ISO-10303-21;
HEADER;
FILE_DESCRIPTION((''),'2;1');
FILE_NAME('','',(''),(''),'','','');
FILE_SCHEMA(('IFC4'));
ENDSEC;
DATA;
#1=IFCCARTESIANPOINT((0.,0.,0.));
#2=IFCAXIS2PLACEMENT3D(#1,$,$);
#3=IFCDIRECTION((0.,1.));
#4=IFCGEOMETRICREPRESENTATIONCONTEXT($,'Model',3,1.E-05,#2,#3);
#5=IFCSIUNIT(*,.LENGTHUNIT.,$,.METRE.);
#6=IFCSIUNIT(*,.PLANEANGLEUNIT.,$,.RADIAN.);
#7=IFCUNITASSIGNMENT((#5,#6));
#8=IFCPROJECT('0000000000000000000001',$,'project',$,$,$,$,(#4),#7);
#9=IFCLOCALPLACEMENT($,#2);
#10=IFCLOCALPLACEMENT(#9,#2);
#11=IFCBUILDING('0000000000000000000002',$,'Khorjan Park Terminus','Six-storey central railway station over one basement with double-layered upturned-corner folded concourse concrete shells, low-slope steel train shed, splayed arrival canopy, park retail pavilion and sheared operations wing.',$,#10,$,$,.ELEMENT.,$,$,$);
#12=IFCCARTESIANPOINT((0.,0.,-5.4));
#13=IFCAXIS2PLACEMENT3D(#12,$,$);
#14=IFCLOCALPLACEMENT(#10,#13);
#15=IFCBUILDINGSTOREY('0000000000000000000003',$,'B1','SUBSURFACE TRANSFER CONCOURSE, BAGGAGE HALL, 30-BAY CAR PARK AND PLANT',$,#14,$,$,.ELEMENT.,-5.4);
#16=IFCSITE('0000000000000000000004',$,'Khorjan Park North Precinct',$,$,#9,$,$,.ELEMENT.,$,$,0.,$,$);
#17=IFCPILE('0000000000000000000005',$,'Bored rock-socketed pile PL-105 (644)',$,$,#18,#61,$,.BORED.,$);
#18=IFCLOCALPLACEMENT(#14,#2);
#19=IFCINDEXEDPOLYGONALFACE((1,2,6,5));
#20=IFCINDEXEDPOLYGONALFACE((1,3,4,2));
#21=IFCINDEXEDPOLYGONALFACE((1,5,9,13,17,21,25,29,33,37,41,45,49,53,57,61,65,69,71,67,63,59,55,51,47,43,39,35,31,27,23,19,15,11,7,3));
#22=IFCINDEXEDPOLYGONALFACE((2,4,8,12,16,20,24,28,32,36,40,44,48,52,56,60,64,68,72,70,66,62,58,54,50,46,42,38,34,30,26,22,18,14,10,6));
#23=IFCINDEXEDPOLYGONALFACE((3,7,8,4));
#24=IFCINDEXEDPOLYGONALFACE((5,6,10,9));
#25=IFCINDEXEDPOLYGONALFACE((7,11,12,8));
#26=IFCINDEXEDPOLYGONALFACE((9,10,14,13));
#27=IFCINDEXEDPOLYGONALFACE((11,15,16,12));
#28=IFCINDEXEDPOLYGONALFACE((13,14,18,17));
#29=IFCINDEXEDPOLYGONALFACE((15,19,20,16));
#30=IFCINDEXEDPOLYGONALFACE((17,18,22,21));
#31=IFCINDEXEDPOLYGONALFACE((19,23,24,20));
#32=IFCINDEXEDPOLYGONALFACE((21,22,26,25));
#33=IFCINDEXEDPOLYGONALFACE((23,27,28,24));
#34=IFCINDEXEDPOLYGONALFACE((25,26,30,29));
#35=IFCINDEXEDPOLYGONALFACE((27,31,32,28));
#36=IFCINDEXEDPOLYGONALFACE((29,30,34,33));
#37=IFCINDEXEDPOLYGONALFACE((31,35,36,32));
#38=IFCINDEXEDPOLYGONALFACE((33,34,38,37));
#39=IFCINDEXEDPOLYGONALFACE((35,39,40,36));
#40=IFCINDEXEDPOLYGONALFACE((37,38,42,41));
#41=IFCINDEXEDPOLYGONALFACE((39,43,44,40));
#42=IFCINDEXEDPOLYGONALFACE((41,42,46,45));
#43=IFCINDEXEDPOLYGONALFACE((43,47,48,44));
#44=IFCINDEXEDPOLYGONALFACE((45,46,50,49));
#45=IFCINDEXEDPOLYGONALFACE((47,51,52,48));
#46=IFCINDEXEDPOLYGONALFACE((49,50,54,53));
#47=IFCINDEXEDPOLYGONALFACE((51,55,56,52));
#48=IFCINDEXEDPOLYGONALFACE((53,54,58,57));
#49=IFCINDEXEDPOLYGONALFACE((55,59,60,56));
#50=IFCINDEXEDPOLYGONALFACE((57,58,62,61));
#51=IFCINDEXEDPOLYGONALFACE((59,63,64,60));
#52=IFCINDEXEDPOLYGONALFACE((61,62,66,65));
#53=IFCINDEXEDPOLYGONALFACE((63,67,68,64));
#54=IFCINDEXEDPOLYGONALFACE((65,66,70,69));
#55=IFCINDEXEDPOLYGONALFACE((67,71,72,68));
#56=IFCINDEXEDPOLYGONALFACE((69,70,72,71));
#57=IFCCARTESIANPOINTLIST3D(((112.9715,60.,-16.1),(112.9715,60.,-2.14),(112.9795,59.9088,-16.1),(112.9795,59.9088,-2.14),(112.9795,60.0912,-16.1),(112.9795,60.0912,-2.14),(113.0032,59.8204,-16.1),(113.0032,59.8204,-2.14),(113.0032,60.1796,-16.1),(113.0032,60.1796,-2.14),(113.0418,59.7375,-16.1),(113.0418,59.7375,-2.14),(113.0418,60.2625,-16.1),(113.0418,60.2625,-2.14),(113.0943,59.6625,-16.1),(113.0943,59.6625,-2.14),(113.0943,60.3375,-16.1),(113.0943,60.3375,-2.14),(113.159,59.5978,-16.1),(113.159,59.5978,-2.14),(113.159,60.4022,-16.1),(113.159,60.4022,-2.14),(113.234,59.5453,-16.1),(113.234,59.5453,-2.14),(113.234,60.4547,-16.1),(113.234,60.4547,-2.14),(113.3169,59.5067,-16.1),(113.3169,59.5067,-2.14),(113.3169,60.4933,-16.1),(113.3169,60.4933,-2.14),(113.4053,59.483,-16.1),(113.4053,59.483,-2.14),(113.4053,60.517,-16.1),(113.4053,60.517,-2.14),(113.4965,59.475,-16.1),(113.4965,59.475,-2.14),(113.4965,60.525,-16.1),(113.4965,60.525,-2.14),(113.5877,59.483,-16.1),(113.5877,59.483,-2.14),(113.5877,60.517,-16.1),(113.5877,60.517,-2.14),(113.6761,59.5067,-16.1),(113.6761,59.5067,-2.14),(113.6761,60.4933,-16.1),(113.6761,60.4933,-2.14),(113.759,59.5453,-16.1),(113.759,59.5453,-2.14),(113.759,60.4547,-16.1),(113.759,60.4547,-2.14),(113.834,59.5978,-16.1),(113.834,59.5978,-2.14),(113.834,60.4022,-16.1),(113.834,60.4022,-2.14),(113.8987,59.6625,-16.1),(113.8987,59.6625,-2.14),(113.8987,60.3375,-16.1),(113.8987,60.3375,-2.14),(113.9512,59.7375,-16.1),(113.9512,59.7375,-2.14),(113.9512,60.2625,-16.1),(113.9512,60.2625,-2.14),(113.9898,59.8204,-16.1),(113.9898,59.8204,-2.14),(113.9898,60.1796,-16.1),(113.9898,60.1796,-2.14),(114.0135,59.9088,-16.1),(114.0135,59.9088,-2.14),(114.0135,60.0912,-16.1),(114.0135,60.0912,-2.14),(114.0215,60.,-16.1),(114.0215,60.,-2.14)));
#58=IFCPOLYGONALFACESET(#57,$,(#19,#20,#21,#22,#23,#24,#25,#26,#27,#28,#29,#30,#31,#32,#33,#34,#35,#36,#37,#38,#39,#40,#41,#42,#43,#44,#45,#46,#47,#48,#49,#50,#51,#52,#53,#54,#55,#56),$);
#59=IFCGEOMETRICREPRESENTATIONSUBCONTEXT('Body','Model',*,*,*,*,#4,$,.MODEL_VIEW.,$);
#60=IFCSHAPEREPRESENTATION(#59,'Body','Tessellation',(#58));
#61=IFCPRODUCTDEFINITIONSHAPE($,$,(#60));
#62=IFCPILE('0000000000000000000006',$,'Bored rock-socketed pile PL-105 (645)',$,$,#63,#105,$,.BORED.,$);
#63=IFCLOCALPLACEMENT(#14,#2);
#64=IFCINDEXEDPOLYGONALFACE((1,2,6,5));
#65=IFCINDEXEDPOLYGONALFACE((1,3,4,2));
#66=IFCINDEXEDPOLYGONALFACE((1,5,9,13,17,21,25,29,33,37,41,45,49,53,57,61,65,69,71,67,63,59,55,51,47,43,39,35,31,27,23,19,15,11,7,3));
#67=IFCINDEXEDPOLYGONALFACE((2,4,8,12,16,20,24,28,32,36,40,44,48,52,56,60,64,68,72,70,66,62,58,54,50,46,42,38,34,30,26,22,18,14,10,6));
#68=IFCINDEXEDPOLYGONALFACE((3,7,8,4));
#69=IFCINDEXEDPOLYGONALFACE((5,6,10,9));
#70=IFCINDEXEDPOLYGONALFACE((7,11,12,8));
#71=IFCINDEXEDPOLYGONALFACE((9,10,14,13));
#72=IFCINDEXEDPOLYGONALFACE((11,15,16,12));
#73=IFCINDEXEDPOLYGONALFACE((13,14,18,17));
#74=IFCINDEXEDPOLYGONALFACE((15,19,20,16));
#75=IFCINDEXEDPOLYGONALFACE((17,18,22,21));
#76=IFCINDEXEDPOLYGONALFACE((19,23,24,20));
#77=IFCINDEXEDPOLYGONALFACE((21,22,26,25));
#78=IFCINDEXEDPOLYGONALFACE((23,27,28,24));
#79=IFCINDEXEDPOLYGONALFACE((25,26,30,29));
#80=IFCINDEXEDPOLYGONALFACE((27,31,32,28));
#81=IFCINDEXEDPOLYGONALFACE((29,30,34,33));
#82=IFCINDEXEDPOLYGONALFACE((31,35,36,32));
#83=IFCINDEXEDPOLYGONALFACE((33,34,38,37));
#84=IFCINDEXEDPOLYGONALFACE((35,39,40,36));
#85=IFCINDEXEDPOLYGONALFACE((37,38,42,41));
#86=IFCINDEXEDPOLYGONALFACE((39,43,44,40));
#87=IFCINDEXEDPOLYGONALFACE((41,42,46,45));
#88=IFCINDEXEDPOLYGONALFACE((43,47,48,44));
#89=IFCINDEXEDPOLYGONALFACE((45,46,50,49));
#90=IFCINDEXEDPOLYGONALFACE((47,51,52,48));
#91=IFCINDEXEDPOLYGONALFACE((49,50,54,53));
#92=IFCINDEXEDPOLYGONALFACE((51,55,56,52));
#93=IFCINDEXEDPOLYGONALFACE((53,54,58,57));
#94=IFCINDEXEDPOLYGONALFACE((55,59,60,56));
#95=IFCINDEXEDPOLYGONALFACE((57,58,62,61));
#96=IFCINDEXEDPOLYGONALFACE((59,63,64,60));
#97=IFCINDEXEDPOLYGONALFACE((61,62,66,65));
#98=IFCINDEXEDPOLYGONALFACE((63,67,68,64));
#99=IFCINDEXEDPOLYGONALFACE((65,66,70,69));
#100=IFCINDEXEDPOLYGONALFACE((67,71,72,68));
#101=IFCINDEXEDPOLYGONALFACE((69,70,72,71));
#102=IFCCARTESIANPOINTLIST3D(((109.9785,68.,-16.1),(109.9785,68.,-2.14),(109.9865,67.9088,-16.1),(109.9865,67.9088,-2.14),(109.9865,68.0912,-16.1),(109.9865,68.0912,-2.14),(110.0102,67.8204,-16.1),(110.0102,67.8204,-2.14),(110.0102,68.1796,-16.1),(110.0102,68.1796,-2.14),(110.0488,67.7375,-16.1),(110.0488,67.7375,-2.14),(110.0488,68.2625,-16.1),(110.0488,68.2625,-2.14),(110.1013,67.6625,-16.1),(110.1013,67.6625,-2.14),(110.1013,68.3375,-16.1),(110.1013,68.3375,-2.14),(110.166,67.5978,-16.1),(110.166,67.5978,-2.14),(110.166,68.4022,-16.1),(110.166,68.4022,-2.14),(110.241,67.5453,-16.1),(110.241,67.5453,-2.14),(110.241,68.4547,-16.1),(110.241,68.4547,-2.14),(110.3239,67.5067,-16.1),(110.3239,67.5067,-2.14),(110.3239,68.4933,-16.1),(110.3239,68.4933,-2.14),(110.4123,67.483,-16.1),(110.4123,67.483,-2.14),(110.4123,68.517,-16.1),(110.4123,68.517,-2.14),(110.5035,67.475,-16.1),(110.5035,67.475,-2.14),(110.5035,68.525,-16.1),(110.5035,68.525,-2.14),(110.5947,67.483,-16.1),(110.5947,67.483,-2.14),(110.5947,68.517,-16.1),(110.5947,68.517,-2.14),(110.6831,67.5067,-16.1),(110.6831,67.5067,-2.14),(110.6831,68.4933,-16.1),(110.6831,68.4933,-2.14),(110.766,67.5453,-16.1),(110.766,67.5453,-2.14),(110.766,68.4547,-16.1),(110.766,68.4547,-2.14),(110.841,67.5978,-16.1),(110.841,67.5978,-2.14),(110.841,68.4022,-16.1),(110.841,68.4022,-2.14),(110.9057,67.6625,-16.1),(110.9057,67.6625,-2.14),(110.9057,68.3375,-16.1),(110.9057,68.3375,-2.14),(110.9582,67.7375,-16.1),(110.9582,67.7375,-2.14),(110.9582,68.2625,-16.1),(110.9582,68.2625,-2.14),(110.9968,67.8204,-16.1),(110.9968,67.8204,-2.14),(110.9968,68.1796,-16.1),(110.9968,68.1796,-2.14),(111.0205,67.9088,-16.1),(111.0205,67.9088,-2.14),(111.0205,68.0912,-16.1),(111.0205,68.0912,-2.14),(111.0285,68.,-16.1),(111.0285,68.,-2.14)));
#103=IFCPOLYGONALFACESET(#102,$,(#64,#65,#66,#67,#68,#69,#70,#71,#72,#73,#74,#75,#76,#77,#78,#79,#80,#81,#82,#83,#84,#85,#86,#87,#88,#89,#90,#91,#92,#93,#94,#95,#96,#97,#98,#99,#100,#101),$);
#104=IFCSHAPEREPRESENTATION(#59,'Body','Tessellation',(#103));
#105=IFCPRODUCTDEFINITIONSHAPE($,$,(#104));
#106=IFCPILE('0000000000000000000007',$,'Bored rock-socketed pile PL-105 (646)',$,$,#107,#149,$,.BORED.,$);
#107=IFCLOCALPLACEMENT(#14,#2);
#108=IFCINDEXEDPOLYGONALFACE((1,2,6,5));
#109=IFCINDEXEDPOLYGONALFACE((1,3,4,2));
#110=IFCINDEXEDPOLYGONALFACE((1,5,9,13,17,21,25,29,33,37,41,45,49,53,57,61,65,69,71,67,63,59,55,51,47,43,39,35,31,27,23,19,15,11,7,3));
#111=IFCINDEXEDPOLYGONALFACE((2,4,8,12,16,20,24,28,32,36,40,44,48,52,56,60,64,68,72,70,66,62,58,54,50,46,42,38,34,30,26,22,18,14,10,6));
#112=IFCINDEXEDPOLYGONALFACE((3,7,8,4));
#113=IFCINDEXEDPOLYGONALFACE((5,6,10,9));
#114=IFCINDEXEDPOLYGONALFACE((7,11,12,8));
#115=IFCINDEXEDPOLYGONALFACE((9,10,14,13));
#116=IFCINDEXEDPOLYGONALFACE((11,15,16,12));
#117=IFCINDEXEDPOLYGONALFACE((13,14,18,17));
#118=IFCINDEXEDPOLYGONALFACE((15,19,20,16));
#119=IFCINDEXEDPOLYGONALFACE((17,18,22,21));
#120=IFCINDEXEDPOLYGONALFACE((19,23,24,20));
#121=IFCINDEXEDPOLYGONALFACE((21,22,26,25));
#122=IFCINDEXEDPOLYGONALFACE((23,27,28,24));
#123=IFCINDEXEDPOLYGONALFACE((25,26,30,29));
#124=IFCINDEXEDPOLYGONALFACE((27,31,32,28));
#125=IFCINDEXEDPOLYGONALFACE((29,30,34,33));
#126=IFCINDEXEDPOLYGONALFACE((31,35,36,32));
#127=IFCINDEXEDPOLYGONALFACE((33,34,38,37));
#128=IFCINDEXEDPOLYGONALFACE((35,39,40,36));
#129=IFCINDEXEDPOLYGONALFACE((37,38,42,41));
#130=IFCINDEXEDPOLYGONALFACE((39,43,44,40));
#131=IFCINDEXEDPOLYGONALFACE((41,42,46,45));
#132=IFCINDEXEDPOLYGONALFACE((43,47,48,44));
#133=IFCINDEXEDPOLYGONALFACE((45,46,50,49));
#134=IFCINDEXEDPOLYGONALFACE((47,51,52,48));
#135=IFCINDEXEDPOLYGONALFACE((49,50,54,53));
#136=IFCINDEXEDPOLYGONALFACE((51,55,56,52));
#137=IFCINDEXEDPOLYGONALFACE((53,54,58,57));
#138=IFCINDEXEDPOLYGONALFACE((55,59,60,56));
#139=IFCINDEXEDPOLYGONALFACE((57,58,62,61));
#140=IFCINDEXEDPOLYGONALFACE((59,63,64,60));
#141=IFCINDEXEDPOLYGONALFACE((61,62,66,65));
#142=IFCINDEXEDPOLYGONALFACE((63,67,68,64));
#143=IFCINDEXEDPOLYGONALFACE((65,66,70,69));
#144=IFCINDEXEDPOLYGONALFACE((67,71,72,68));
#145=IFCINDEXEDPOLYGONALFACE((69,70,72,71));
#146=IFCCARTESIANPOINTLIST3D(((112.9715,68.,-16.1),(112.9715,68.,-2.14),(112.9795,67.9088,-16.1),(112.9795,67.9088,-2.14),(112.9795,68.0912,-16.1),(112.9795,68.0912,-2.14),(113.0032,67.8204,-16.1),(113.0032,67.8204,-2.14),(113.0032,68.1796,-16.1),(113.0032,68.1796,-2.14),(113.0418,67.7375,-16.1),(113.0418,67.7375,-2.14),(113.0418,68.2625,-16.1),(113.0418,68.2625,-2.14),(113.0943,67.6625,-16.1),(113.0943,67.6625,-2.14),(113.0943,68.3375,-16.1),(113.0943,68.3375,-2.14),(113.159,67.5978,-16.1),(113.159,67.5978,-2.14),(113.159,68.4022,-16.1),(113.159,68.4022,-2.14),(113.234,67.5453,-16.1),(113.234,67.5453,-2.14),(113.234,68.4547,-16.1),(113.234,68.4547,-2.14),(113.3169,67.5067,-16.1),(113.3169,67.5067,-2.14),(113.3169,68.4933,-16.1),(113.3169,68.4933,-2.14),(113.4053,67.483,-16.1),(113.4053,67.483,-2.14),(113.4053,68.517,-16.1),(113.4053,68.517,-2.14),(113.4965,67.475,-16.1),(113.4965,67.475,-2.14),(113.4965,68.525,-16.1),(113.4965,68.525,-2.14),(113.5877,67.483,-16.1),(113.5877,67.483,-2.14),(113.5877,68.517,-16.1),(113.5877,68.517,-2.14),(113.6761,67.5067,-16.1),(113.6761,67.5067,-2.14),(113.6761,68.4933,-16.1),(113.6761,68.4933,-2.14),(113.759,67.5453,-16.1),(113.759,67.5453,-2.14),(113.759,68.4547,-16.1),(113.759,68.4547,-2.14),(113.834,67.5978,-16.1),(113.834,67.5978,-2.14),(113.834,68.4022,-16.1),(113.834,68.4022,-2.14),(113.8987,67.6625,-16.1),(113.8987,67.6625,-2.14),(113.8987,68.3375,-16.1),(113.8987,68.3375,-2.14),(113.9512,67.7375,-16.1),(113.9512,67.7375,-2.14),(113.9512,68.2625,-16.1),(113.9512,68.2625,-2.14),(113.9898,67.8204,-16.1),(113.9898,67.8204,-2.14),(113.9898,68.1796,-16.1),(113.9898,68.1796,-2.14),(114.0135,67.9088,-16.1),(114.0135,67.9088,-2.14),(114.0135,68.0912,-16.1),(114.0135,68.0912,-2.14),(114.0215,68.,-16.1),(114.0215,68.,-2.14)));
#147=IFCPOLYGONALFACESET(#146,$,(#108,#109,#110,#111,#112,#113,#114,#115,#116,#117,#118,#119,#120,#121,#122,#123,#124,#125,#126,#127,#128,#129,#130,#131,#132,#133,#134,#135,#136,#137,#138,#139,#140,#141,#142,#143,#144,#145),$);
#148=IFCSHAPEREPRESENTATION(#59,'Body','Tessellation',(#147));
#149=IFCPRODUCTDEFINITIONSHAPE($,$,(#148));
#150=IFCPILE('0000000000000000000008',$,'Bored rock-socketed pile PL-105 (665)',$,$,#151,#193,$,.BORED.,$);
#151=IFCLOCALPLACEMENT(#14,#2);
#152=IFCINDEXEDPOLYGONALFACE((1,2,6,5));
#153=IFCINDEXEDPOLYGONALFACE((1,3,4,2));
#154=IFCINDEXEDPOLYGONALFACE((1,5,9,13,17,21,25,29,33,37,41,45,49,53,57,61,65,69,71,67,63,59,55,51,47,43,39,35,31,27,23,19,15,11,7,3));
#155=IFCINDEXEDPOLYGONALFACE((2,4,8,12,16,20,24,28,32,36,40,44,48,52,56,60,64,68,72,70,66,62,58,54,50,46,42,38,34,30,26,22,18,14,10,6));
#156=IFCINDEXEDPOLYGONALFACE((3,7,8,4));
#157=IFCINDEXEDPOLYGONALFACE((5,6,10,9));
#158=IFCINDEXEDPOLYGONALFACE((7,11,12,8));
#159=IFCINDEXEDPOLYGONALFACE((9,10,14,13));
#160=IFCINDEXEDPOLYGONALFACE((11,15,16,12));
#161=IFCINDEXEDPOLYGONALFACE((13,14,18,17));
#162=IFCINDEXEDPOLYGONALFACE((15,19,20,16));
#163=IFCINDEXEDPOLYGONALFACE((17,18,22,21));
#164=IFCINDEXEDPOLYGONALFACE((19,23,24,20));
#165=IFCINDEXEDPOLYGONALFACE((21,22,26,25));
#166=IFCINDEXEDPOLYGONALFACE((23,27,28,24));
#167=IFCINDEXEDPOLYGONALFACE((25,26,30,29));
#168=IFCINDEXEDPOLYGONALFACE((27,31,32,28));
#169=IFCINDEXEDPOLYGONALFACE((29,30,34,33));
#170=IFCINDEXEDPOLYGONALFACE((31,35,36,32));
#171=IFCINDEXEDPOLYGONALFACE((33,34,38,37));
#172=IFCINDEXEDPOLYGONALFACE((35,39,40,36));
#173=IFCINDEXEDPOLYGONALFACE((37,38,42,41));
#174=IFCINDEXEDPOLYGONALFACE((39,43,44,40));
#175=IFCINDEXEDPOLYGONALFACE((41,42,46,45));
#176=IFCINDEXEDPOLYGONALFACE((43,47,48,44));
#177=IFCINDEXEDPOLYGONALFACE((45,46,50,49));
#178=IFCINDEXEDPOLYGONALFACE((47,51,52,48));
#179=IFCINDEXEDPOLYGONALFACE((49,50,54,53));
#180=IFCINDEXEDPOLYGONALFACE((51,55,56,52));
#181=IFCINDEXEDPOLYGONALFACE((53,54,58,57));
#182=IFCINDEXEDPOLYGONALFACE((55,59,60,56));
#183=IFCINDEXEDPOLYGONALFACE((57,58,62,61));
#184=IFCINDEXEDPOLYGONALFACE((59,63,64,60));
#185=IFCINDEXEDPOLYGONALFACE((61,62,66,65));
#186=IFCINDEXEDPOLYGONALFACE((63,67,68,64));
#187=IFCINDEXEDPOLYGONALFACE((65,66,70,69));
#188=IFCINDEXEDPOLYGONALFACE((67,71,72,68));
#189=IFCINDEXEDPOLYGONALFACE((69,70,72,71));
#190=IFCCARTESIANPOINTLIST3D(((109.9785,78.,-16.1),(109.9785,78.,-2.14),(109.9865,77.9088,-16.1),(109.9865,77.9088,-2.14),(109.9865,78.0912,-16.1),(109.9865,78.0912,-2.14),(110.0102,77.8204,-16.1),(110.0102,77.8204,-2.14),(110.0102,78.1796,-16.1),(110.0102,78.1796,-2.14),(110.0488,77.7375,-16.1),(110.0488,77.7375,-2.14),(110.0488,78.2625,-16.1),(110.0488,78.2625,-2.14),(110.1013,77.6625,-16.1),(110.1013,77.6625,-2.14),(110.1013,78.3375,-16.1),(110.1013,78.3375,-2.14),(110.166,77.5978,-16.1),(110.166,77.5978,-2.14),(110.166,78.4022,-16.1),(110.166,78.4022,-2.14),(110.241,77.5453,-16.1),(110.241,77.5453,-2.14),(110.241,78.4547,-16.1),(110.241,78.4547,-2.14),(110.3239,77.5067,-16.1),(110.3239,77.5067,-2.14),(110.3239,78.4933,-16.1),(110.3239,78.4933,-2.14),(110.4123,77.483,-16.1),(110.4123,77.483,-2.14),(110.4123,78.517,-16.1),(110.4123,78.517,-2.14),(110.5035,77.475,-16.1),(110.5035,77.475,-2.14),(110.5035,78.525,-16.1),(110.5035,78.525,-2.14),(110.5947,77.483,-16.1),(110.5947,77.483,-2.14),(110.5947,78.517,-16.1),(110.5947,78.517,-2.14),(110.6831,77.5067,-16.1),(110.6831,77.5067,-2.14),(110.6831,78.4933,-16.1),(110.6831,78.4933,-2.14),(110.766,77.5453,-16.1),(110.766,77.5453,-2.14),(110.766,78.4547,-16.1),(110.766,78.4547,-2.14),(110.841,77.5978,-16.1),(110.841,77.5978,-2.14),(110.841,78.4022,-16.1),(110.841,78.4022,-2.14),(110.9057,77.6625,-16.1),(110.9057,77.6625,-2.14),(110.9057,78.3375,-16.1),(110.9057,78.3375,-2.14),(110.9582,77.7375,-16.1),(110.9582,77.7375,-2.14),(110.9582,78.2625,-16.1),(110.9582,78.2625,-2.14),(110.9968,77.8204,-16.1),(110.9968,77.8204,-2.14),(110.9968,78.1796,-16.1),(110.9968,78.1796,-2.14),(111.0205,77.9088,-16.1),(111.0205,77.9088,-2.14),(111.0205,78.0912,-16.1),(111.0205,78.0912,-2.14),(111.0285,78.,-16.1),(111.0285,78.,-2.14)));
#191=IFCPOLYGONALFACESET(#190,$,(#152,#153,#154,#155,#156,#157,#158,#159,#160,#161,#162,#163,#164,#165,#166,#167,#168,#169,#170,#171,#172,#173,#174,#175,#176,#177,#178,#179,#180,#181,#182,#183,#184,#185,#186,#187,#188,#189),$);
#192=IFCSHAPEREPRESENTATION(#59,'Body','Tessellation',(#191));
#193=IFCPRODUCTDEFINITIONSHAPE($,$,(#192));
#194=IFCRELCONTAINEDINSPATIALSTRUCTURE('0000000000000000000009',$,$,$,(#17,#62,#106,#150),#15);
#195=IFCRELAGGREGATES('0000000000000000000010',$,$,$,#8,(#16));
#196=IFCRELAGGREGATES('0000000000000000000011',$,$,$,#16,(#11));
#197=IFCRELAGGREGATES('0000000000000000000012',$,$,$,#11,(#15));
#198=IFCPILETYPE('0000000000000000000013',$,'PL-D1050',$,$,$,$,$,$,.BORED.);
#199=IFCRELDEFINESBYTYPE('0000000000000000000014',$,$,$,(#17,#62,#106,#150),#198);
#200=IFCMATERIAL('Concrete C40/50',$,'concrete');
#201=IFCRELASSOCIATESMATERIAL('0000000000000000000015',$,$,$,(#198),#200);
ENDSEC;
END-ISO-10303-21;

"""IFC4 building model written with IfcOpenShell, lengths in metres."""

from ifc_helpers import new_model, si_unit, direction, frame, origin, origin_2d, place, context, subcontext, project, spatial, circle, extrude, material, material_profile, profile_set, type_object, element, save


model = new_model("IFC4")

# Units and contexts
model_context = context("Model", 3, precision=1e-05, world=origin(), true_north=direction((0.0, 1.0)))
body_context = subcontext(model_context, "Body", "Model", "MODEL_VIEW")
ifc_project = project(units=[si_unit("LENGTHUNIT", "METRE"), si_unit("PLANEANGLEUNIT", "RADIAN")], contexts=[model_context])

# Site, building, storey
site_placement = place(None, origin())
site = spatial("IfcSite", under=ifc_project, at=site_placement, Name="Khorjan Park North Precinct", CompositionType="ELEMENT", RefElevation=0.0)
building_placement = place(site_placement, origin())
building = spatial("IfcBuilding", under=site, at=building_placement, Name="Khorjan Park Terminus", Description="Six-storey central railway station over one basement with double-layered upturned-corner folded concourse concrete shells, low-slope steel train shed, splayed arrival canopy, park retail pavilion and sheared operations wing.", CompositionType="ELEMENT")
storey_placement = place(building_placement, frame((0.0, 0.0, -5.4)))
storey = spatial("IfcBuildingStorey", under=building, at=storey_placement, Name="B1", Description="SUBSURFACE TRANSFER CONCOURSE, BAGGAGE HALL, 30-BAY CAR PARK AND PLANT", CompositionType="ELEMENT", Elevation=-5.4)

# Shared definitions
ifc_material_1 = material(Name="Concrete C40/50", Category="concrete")

# Piles
ifc_material_profile_1 = material_profile(ifc_material_1, circle(Radius=0.525, at=origin_2d()), Name="BORED D1050")
ifc_profile_set_1 = profile_set([ifc_material_profile_1], Name="Concrete C40/50")
pile_type_1 = type_object("IfcPileType", Name="PL-D1050", PredefinedType="BORED", material=ifc_profile_set_1)
for number, where, z_axis, x_axis, name in (
    (1, (113.4965, 60.0, -2.14), (0.0, 0.0, -1.0), (1.0, 0.0, 0.0), "Bored rock-socketed pile PL-105 (644)"),
    (2, (110.5035, 68.0, -2.14), (0.0, 0.0, -1.0), (1.0, 0.0, 0.0), "Bored rock-socketed pile PL-105 (645)"),
    (3, (113.4965, 68.0, -2.14), (0.0, 0.0, -1.0), (1.0, 0.0, 0.0), "Bored rock-socketed pile PL-105 (646)"),
    (4, (110.5035, 78.0, -2.14), (0.0, 0.0, -1.0), (1.0, 0.0, 0.0), "Bored rock-socketed pile PL-105 (665)"),
):
    element("IfcPile", number, at=place(storey_placement, frame(where, z_axis=z_axis, x_axis=x_axis)), inside=storey, type_object=pile_type_1, Name=name, PredefinedType="BORED", context=body_context, shape_type="SweptSolid", body=[
        extrude(circle(Radius=0.525, at=origin_2d()), origin(), (0.0, 0.0, 1.0), 13.96),
    ])

save(model, "model.ifc")
